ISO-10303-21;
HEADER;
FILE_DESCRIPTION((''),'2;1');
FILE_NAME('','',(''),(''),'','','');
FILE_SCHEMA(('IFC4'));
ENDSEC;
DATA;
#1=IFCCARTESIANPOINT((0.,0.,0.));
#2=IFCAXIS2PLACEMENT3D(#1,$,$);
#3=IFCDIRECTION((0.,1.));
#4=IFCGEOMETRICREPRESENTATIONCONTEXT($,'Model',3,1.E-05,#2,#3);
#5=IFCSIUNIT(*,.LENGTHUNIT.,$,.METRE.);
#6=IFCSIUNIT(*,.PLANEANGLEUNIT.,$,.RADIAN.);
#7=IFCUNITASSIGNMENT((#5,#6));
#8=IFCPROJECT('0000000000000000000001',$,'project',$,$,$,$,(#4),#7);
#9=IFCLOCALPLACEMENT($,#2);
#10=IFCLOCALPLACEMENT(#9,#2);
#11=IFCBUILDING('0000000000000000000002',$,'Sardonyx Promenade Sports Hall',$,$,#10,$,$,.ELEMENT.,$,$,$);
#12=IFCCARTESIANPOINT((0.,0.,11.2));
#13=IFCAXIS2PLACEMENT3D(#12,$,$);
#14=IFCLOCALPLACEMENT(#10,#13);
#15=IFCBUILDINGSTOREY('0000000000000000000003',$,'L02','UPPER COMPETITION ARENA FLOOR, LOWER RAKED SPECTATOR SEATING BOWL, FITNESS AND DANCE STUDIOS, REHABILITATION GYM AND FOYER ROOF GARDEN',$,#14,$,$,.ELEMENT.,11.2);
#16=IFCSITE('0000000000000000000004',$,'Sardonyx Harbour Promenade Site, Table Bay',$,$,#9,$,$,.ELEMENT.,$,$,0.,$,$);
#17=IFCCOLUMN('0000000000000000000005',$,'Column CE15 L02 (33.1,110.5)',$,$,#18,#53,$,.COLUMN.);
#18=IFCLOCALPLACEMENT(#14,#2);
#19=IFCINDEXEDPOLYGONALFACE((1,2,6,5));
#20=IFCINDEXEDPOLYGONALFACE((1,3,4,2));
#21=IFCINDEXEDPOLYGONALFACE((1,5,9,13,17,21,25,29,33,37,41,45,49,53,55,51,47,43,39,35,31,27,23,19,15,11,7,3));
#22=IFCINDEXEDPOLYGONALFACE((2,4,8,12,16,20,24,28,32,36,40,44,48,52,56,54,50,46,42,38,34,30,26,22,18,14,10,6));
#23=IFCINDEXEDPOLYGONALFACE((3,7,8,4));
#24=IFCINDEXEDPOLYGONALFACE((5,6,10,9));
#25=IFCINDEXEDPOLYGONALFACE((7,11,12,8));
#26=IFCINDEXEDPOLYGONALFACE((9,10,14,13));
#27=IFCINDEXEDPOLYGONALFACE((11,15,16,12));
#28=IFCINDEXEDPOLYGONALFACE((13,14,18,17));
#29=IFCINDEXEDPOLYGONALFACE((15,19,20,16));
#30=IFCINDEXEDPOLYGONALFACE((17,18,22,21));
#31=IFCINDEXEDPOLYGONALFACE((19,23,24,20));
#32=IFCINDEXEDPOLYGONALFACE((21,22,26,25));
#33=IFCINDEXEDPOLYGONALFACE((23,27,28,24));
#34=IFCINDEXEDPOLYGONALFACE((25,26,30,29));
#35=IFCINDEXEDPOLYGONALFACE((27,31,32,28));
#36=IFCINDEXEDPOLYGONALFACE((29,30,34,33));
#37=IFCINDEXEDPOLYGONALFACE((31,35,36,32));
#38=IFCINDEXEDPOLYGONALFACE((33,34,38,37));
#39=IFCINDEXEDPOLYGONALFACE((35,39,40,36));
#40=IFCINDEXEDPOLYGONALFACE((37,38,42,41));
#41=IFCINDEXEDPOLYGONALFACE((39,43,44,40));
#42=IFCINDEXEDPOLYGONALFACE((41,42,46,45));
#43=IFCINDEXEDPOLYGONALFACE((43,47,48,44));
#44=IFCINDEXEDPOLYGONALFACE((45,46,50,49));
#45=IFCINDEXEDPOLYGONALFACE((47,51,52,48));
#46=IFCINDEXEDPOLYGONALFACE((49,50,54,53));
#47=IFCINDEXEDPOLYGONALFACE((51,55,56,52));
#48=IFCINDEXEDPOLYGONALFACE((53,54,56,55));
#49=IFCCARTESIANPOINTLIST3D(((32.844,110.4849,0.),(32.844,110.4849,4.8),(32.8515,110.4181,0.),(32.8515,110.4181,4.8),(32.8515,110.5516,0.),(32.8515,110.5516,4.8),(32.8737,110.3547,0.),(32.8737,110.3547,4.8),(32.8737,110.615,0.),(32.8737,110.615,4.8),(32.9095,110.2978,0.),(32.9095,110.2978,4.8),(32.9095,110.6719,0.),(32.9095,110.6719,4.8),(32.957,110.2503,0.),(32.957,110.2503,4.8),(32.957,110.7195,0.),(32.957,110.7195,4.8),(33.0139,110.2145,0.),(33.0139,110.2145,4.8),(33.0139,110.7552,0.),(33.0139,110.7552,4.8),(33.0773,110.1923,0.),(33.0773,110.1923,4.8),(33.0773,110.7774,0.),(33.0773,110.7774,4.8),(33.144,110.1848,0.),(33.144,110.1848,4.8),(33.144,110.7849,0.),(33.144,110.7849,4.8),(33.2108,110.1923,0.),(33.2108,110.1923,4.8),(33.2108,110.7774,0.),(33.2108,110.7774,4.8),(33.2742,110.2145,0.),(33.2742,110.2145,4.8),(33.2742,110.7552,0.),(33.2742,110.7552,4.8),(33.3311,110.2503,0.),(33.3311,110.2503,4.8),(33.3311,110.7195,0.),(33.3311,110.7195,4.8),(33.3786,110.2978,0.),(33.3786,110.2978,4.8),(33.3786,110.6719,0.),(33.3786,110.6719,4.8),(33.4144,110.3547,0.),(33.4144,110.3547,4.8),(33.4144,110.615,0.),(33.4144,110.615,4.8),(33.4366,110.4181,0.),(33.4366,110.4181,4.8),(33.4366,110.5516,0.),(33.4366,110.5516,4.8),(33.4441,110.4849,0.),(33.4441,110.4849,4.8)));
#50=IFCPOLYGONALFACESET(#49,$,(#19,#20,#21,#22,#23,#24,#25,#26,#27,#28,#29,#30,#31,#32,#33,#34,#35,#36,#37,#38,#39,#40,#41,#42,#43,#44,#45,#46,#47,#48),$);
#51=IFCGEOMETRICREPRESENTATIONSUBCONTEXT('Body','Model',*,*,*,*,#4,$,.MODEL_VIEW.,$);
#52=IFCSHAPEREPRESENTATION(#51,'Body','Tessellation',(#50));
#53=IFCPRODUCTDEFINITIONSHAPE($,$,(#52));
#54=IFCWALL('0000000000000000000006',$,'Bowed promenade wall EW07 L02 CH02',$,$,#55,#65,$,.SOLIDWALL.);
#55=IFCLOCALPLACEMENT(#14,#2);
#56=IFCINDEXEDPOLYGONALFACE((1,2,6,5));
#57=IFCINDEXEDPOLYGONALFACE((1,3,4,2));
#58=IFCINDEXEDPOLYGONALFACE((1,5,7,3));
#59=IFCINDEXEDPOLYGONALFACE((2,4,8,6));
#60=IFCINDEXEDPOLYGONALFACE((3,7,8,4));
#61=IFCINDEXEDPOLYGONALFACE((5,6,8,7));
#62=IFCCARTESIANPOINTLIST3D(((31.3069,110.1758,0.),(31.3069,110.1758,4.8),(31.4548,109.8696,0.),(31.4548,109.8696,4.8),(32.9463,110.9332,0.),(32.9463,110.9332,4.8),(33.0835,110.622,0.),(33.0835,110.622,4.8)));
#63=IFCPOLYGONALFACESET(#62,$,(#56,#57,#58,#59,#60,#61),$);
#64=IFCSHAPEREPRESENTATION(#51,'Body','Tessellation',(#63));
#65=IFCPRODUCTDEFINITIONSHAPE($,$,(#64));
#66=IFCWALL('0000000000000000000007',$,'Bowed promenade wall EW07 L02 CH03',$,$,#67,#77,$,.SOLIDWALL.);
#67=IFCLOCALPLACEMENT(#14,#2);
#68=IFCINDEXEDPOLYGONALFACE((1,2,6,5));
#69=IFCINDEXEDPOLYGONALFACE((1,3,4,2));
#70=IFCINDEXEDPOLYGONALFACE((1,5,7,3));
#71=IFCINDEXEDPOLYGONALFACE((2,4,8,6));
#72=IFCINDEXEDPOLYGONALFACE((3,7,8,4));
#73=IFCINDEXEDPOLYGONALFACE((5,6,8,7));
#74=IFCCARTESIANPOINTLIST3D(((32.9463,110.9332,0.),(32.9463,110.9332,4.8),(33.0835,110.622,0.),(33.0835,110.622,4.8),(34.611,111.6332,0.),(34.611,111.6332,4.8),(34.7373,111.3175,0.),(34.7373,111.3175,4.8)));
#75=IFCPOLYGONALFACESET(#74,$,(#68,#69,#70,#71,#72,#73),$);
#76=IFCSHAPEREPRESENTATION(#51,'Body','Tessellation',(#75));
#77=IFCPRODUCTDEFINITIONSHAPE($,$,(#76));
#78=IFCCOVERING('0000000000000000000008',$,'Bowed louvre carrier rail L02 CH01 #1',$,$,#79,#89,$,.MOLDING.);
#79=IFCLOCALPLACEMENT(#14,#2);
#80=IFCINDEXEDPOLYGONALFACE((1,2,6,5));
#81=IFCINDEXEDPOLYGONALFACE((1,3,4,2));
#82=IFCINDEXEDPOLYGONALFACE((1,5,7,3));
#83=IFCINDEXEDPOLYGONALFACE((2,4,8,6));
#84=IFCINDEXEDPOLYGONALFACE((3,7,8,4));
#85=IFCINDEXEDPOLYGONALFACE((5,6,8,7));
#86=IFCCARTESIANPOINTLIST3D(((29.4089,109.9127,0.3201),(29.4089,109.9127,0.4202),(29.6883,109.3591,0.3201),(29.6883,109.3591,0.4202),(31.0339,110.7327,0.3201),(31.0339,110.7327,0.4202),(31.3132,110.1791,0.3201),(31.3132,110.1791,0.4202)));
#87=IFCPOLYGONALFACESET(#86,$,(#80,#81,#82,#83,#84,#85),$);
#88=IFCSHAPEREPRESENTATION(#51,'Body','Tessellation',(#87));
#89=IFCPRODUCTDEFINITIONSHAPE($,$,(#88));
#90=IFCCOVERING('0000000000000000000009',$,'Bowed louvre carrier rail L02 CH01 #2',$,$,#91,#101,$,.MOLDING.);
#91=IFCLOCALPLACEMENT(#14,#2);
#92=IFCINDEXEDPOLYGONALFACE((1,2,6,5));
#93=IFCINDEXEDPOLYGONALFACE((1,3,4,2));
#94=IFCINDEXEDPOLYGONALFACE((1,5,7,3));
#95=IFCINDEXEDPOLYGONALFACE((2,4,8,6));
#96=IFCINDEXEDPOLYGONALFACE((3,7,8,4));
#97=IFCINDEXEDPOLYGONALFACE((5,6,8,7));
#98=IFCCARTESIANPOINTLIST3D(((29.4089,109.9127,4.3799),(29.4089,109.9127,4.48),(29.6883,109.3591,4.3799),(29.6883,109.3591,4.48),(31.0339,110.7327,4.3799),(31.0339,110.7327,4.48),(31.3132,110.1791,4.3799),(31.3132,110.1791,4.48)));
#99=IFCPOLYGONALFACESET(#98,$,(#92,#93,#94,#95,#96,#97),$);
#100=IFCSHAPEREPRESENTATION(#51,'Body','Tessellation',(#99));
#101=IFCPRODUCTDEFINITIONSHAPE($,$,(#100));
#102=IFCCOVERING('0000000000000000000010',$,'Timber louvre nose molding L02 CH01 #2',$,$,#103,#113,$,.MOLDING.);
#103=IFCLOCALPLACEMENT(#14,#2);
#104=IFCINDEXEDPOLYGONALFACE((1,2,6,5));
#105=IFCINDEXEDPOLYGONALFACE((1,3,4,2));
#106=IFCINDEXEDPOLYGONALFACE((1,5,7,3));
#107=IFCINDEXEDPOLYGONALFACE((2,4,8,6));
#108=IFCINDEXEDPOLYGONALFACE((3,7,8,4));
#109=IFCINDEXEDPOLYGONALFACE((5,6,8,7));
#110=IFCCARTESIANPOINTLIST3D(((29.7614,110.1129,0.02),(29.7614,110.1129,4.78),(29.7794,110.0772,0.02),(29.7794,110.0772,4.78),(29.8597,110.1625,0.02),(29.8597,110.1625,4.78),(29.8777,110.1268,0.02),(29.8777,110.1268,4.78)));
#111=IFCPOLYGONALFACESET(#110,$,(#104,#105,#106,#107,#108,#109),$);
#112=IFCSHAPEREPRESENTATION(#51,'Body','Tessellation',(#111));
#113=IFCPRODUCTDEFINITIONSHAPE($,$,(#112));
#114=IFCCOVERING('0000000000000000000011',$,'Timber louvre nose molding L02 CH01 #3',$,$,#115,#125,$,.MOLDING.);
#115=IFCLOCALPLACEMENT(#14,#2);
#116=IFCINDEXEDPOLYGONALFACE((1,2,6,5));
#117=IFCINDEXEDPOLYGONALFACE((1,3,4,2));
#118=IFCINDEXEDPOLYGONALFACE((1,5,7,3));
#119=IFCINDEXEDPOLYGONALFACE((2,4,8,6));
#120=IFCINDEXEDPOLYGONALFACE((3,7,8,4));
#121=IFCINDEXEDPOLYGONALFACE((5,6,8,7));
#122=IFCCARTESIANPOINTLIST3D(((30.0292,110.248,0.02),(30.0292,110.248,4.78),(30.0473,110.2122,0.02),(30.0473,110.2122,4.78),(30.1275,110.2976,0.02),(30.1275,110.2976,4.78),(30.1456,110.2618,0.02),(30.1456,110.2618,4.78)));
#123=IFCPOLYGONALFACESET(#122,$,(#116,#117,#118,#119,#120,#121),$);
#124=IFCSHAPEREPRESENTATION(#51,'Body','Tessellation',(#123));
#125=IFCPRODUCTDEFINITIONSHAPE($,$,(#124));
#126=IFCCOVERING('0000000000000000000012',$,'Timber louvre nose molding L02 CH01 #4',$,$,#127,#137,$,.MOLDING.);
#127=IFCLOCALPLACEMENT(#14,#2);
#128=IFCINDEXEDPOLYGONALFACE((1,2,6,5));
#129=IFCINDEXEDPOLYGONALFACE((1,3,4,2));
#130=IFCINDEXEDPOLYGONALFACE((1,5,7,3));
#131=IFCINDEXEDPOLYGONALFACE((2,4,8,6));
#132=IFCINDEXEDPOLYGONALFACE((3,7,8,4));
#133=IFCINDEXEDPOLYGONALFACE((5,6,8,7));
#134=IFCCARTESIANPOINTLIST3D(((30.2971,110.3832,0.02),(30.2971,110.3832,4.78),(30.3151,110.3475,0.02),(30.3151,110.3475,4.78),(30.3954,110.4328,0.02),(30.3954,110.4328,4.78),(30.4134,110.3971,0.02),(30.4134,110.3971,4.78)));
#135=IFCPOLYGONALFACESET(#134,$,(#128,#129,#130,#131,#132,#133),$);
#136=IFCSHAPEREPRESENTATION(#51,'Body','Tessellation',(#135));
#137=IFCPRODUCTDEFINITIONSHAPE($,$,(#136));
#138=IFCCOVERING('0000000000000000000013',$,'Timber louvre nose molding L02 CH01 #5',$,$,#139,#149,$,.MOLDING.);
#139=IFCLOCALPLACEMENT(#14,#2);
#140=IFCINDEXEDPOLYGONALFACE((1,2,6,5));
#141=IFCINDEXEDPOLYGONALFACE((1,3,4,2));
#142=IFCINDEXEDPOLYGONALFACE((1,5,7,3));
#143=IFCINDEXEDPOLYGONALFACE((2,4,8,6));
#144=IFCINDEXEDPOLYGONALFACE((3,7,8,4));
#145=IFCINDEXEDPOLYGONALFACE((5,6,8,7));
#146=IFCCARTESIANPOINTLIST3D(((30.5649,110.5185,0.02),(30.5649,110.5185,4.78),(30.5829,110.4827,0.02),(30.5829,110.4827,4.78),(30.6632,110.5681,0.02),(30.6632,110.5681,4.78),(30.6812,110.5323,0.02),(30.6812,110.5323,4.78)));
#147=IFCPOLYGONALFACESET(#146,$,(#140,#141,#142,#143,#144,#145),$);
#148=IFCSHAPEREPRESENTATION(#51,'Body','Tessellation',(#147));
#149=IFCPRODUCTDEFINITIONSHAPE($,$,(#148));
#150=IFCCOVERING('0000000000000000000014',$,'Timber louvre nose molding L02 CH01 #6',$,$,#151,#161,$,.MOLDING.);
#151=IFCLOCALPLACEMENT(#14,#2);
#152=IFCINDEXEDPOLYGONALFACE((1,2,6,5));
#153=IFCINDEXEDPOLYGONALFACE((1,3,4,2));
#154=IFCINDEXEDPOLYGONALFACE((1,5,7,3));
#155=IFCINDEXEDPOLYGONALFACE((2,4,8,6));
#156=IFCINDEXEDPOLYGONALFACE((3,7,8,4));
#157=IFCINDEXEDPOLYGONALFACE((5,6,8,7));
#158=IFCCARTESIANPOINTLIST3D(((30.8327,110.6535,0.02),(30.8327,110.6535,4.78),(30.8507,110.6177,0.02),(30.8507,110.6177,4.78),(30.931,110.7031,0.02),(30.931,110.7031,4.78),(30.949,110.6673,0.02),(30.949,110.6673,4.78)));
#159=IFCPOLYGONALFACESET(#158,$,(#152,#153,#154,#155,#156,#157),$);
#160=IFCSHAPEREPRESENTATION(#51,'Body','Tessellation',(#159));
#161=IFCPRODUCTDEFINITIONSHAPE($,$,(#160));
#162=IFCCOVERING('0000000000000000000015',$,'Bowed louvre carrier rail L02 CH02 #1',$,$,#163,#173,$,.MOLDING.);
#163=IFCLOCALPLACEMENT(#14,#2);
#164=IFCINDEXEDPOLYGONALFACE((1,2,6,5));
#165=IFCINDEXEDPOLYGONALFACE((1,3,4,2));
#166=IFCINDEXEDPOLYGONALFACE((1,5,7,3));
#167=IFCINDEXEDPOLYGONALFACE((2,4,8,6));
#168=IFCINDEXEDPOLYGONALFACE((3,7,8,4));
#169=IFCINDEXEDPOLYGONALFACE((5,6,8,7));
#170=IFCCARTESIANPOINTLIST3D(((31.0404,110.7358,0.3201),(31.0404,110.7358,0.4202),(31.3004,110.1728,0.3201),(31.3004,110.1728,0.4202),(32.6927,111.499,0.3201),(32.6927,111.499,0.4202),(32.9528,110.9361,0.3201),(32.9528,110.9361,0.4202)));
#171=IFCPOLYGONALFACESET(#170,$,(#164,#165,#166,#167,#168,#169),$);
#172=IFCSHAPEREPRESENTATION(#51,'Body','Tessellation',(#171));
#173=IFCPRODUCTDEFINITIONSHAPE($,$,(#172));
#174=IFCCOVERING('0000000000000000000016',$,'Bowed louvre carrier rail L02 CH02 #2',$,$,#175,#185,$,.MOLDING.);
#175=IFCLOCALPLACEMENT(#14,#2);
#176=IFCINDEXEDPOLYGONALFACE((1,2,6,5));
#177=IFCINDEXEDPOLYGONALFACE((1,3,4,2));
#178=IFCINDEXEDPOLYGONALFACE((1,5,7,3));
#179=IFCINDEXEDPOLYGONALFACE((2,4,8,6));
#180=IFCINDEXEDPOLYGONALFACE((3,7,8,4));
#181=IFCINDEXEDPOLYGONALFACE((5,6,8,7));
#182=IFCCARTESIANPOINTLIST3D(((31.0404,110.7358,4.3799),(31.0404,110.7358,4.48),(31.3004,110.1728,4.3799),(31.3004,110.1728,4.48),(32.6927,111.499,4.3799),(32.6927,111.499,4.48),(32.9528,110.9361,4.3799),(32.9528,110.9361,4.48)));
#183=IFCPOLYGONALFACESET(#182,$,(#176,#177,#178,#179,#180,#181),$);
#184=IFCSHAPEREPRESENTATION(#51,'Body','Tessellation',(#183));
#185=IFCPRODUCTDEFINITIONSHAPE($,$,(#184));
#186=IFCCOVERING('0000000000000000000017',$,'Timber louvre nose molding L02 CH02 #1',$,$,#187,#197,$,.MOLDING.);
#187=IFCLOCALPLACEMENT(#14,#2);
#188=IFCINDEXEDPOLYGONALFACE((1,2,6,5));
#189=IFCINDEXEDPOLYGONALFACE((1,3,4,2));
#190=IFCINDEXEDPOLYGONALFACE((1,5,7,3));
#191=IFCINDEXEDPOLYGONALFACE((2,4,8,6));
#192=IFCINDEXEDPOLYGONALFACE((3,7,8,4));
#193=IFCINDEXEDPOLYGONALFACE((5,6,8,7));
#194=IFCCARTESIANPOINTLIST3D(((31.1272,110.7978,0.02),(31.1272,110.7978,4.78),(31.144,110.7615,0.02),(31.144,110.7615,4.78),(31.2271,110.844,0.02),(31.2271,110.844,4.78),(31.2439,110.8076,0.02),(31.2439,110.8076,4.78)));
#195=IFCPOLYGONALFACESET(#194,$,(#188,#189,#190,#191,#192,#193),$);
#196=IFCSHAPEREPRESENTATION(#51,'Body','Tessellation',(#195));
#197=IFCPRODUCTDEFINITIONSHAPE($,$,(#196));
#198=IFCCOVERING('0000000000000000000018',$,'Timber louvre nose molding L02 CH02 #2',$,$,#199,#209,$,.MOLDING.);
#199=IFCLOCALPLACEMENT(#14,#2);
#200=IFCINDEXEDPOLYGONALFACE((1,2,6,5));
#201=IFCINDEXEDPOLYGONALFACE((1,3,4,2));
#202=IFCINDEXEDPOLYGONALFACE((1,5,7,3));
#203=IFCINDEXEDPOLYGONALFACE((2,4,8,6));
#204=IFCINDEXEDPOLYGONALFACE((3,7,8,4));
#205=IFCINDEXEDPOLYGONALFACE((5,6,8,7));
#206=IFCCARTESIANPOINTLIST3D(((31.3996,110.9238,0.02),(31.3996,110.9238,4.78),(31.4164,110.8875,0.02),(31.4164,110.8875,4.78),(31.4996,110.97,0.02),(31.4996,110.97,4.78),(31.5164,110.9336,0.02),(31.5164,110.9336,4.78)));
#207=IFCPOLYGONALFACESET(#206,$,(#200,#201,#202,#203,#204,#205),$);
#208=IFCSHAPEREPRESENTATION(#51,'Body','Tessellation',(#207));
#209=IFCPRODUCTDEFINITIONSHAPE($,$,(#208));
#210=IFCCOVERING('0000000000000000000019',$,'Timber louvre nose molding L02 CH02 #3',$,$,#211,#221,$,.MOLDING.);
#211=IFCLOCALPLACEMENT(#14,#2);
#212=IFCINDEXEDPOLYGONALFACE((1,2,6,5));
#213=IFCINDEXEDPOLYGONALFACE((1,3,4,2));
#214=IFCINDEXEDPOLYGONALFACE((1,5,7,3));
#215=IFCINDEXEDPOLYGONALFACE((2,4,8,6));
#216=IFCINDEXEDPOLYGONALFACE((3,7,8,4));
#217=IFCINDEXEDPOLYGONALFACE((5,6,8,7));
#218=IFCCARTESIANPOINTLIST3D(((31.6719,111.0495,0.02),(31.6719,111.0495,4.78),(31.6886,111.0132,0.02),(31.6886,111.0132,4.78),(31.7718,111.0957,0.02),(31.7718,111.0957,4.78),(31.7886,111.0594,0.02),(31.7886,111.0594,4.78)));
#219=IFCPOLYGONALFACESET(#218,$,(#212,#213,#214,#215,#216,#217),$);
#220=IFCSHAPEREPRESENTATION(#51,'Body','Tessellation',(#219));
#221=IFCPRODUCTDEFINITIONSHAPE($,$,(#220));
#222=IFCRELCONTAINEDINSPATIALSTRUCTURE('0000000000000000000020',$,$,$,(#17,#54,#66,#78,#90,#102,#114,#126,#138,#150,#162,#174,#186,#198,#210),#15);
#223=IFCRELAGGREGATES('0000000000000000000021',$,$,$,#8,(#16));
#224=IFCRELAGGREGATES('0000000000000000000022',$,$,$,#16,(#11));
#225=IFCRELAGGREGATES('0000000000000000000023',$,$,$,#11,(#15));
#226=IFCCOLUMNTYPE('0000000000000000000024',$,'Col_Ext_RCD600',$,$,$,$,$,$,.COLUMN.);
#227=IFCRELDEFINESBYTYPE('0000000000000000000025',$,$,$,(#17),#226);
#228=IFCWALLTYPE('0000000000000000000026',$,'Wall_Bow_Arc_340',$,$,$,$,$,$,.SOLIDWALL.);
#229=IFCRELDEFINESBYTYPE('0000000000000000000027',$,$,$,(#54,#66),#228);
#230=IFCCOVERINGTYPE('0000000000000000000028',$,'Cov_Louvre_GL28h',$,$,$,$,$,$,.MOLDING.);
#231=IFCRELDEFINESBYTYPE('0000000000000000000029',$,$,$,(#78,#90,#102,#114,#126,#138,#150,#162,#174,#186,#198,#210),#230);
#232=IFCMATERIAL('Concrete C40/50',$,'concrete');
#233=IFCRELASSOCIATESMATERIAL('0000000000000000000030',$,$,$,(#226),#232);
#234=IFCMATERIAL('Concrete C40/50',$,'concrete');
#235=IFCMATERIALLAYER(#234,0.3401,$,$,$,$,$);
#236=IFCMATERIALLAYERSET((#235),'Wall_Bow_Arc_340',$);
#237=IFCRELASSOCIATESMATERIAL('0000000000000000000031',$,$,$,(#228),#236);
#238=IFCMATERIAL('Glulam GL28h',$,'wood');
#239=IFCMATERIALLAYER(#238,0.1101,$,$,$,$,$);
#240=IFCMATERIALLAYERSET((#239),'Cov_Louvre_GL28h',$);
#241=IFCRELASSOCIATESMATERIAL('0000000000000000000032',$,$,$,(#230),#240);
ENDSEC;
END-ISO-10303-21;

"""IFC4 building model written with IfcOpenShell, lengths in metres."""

from ifc_helpers import new_model, si_unit, direction, frame, origin, origin_2d, place, context, subcontext, project, spatial, polyline, rectangle, circle, outline, extrude, material, layer, layer_set, material_profile, profile_set, type_object, element, save


model = new_model("IFC4")

# Units and contexts
model_context = context("Model", 3, precision=1e-05, world=origin(), true_north=direction((0.0, 1.0)))
body_context = subcontext(model_context, "Body", "Model", "MODEL_VIEW")
ifc_project = project(units=[si_unit("LENGTHUNIT", "METRE"), si_unit("PLANEANGLEUNIT", "RADIAN")], contexts=[model_context])

# Site, building, storey
site_placement = place(None, origin())
site = spatial("IfcSite", under=ifc_project, at=site_placement, Name="Sardonyx Harbour Promenade Site, Table Bay", CompositionType="ELEMENT", RefElevation=0.0)
building_placement = place(site_placement, origin())
building = spatial("IfcBuilding", under=site, at=building_placement, Name="Sardonyx Promenade Sports Hall", CompositionType="ELEMENT")
storey_placement = place(building_placement, frame((0.0, 0.0, 11.2)))
storey = spatial("IfcBuildingStorey", under=building, at=storey_placement, Name="L02", Description="UPPER COMPETITION ARENA FLOOR, LOWER RAKED SPECTATOR SEATING BOWL, FITNESS AND DANCE STUDIOS, REHABILITATION GYM AND FOYER ROOF GARDEN", CompositionType="ELEMENT", Elevation=11.2)

# Column
ifc_material_1 = material(Name="Concrete C40/50", Category="concrete")
ifc_material_profile = material_profile(ifc_material_1, circle(Radius=0.3, at=origin_2d()))
ifc_profile_set = profile_set([ifc_material_profile], Name="Concrete C40/50")
column_type = type_object("IfcColumnType", Name="Col_Ext_RCD600", PredefinedType="COLUMN", material=ifc_profile_set)
column_placement = place(storey_placement, frame((33.144, 110.4849, 0.0), z_axis=(0.0, 0.0, 1.0), x_axis=(1.0, 0.0, 0.0)))
element("IfcColumn", 1, at=column_placement, inside=storey, type_object=column_type, Name="Column CE15 L02 (33.1,110.5)", PredefinedType="COLUMN", context=body_context, shape_type="SweptSolid", body=[
    extrude(circle(Radius=0.3, at=origin_2d()), origin(), (0.0, 0.0, 1.0), 4.8),
])

# Walls
ifc_material_2 = material(Name="Concrete C40/50", Category="concrete")
ifc_layer_1 = layer(ifc_material_2, 0.3401)
ifc_layer_set_1 = layer_set([ifc_layer_1], Name="Wall_Bow_Arc_340")
wall_type = type_object("IfcWallType", Name="Wall_Bow_Arc_340", PredefinedType="SOLIDWALL", material=ifc_layer_set_1)
wall_1_placement = place(storey_placement, frame((31.3809, 110.0227, 0.0), z_axis=(0.0, 0.0, 1.0), x_axis=(0.907808, 0.419385, 0.0)))
element("IfcWall", 2, at=wall_1_placement, inside=storey, type_object=wall_type, Name="Bowed promenade wall EW07 L02 CH02", PredefinedType="SOLIDWALL", context=body_context, shape_type="SweptSolid", body=[
    extrude(outline(polyline([(0.0029, -0.17), (1.7971, -0.17), (1.8029, 0.17), (-0.0029, 0.17), (0.0029, -0.17)])), origin(), (0.0, 0.0, 1.0), 4.8),
])
wall_2_placement = place(storey_placement, frame((33.0149, 110.7776, 0.0), z_axis=(0.0, 0.0, 1.0), x_axis=(0.921804, 0.387657, 0.0)))
element("IfcWall", 3, at=wall_2_placement, inside=storey, type_object=wall_type, Name="Bowed promenade wall EW07 L02 CH03", PredefinedType="SOLIDWALL", context=body_context, shape_type="SweptSolid", body=[
    extrude(outline(polyline([(0.0029, -0.17), (1.7971, -0.17), (1.8029, 0.17), (-0.0029, 0.17), (0.0029, -0.17)])), origin(), (0.0, 0.0, 1.0), 4.8),
])

# Coverings
ifc_material_3 = material(Name="Glulam GL28h", Category="wood")
ifc_layer_2 = layer(ifc_material_3, 0.1101)
ifc_layer_set_2 = layer_set([ifc_layer_2], Name="Cov_Louvre_GL28h")
covering_type = type_object("IfcCoveringType", Name="Cov_Louvre_GL28h", PredefinedType="MOLDING", material=ifc_layer_set_2)
for number, where, z_axis, x_axis, name in (
    (4, (30.3611, 110.0459, 0.3201), (0.0, 0.0, 1.0), (0.892774, 0.450505, 0.0), "Bowed louvre carrier rail L02 CH01 #1"),
    (5, (30.3611, 110.0459, 4.3799), (0.0, 0.0, 1.0), (0.892774, 0.450505, 0.0), "Bowed louvre carrier rail L02 CH01 #2"),
):
    element("IfcCovering", number, at=place(storey_placement, frame(where, z_axis=z_axis, x_axis=x_axis)), inside=storey, type_object=covering_type, Name=name, PredefinedType="MOLDING", context=body_context, shape_type="SweptSolid", body=[
        extrude(rectangle(XDim=1.8201, YDim=0.6201, at=origin_2d()), origin(), (0.0, 0.0, 1.0), 0.1001),
    ])
for number, where, z_axis, x_axis, name in (
    (6, (29.8196, 110.1199, 0.02), (0.0, 0.0, 1.0), (0.892774, 0.450505, 0.0), "Timber louvre nose molding L02 CH01 #2"),
    (7, (30.0874, 110.2549, 0.02), (0.0, 0.0, 1.0), (0.892774, 0.450505, 0.0), "Timber louvre nose molding L02 CH01 #3"),
    (8, (30.3552, 110.3901, 0.02), (0.0, 0.0, 1.0), (0.892774, 0.450505, 0.0), "Timber louvre nose molding L02 CH01 #4"),
    (9, (30.623, 110.5254, 0.02), (0.0, 0.0, 1.0), (0.892774, 0.450505, 0.0), "Timber louvre nose molding L02 CH01 #5"),
    (10, (30.8909, 110.6604, 0.02), (0.0, 0.0, 1.0), (0.892774, 0.450505, 0.0), "Timber louvre nose molding L02 CH01 #6"),
):
    element("IfcCovering", number, at=place(storey_placement, frame(where, z_axis=z_axis, x_axis=x_axis)), inside=storey, type_object=covering_type, Name=name, PredefinedType="MOLDING", context=body_context, shape_type="SweptSolid", body=[
        extrude(rectangle(XDim=0.1101, YDim=0.04, at=origin_2d()), origin(), (0.0, 0.0, 1.0), 4.76),
    ])
for number, where, z_axis, x_axis, name in (
    (11, (31.9966, 110.8359, 0.3201), (0.0, 0.0, 1.0), (0.907831, 0.419336, 0.0), "Bowed louvre carrier rail L02 CH02 #1"),
    (12, (31.9966, 110.8359, 4.3799), (0.0, 0.0, 1.0), (0.907831, 0.419336, 0.0), "Bowed louvre carrier rail L02 CH02 #2"),
):
    element("IfcCovering", number, at=place(storey_placement, frame(where, z_axis=z_axis, x_axis=x_axis)), inside=storey, type_object=covering_type, Name=name, PredefinedType="MOLDING", context=body_context, shape_type="SweptSolid", body=[
        extrude(rectangle(XDim=1.8201, YDim=0.6201, at=origin_2d()), origin(), (0.0, 0.0, 1.0), 0.1001),
    ])
for number, where, z_axis, x_axis, name in (
    (13, (31.1855, 110.8027, 0.02), (0.0, 0.0, 1.0), (0.907831, 0.419336, 0.0), "Timber louvre nose molding L02 CH02 #1"),
    (14, (31.458, 110.9287, 0.02), (0.0, 0.0, 1.0), (0.907831, 0.419336, 0.0), "Timber louvre nose molding L02 CH02 #2"),
    (15, (31.7302, 111.0544, 0.02), (0.0, 0.0, 1.0), (0.907831, 0.419336, 0.0), "Timber louvre nose molding L02 CH02 #3"),
):
    element("IfcCovering", number, at=place(storey_placement, frame(where, z_axis=z_axis, x_axis=x_axis)), inside=storey, type_object=covering_type, Name=name, PredefinedType="MOLDING", context=body_context, shape_type="SweptSolid", body=[
        extrude(rectangle(XDim=0.1101, YDim=0.04, at=origin_2d()), origin(), (0.0, 0.0, 1.0), 4.76),
    ])

save(model, "model.ifc")
